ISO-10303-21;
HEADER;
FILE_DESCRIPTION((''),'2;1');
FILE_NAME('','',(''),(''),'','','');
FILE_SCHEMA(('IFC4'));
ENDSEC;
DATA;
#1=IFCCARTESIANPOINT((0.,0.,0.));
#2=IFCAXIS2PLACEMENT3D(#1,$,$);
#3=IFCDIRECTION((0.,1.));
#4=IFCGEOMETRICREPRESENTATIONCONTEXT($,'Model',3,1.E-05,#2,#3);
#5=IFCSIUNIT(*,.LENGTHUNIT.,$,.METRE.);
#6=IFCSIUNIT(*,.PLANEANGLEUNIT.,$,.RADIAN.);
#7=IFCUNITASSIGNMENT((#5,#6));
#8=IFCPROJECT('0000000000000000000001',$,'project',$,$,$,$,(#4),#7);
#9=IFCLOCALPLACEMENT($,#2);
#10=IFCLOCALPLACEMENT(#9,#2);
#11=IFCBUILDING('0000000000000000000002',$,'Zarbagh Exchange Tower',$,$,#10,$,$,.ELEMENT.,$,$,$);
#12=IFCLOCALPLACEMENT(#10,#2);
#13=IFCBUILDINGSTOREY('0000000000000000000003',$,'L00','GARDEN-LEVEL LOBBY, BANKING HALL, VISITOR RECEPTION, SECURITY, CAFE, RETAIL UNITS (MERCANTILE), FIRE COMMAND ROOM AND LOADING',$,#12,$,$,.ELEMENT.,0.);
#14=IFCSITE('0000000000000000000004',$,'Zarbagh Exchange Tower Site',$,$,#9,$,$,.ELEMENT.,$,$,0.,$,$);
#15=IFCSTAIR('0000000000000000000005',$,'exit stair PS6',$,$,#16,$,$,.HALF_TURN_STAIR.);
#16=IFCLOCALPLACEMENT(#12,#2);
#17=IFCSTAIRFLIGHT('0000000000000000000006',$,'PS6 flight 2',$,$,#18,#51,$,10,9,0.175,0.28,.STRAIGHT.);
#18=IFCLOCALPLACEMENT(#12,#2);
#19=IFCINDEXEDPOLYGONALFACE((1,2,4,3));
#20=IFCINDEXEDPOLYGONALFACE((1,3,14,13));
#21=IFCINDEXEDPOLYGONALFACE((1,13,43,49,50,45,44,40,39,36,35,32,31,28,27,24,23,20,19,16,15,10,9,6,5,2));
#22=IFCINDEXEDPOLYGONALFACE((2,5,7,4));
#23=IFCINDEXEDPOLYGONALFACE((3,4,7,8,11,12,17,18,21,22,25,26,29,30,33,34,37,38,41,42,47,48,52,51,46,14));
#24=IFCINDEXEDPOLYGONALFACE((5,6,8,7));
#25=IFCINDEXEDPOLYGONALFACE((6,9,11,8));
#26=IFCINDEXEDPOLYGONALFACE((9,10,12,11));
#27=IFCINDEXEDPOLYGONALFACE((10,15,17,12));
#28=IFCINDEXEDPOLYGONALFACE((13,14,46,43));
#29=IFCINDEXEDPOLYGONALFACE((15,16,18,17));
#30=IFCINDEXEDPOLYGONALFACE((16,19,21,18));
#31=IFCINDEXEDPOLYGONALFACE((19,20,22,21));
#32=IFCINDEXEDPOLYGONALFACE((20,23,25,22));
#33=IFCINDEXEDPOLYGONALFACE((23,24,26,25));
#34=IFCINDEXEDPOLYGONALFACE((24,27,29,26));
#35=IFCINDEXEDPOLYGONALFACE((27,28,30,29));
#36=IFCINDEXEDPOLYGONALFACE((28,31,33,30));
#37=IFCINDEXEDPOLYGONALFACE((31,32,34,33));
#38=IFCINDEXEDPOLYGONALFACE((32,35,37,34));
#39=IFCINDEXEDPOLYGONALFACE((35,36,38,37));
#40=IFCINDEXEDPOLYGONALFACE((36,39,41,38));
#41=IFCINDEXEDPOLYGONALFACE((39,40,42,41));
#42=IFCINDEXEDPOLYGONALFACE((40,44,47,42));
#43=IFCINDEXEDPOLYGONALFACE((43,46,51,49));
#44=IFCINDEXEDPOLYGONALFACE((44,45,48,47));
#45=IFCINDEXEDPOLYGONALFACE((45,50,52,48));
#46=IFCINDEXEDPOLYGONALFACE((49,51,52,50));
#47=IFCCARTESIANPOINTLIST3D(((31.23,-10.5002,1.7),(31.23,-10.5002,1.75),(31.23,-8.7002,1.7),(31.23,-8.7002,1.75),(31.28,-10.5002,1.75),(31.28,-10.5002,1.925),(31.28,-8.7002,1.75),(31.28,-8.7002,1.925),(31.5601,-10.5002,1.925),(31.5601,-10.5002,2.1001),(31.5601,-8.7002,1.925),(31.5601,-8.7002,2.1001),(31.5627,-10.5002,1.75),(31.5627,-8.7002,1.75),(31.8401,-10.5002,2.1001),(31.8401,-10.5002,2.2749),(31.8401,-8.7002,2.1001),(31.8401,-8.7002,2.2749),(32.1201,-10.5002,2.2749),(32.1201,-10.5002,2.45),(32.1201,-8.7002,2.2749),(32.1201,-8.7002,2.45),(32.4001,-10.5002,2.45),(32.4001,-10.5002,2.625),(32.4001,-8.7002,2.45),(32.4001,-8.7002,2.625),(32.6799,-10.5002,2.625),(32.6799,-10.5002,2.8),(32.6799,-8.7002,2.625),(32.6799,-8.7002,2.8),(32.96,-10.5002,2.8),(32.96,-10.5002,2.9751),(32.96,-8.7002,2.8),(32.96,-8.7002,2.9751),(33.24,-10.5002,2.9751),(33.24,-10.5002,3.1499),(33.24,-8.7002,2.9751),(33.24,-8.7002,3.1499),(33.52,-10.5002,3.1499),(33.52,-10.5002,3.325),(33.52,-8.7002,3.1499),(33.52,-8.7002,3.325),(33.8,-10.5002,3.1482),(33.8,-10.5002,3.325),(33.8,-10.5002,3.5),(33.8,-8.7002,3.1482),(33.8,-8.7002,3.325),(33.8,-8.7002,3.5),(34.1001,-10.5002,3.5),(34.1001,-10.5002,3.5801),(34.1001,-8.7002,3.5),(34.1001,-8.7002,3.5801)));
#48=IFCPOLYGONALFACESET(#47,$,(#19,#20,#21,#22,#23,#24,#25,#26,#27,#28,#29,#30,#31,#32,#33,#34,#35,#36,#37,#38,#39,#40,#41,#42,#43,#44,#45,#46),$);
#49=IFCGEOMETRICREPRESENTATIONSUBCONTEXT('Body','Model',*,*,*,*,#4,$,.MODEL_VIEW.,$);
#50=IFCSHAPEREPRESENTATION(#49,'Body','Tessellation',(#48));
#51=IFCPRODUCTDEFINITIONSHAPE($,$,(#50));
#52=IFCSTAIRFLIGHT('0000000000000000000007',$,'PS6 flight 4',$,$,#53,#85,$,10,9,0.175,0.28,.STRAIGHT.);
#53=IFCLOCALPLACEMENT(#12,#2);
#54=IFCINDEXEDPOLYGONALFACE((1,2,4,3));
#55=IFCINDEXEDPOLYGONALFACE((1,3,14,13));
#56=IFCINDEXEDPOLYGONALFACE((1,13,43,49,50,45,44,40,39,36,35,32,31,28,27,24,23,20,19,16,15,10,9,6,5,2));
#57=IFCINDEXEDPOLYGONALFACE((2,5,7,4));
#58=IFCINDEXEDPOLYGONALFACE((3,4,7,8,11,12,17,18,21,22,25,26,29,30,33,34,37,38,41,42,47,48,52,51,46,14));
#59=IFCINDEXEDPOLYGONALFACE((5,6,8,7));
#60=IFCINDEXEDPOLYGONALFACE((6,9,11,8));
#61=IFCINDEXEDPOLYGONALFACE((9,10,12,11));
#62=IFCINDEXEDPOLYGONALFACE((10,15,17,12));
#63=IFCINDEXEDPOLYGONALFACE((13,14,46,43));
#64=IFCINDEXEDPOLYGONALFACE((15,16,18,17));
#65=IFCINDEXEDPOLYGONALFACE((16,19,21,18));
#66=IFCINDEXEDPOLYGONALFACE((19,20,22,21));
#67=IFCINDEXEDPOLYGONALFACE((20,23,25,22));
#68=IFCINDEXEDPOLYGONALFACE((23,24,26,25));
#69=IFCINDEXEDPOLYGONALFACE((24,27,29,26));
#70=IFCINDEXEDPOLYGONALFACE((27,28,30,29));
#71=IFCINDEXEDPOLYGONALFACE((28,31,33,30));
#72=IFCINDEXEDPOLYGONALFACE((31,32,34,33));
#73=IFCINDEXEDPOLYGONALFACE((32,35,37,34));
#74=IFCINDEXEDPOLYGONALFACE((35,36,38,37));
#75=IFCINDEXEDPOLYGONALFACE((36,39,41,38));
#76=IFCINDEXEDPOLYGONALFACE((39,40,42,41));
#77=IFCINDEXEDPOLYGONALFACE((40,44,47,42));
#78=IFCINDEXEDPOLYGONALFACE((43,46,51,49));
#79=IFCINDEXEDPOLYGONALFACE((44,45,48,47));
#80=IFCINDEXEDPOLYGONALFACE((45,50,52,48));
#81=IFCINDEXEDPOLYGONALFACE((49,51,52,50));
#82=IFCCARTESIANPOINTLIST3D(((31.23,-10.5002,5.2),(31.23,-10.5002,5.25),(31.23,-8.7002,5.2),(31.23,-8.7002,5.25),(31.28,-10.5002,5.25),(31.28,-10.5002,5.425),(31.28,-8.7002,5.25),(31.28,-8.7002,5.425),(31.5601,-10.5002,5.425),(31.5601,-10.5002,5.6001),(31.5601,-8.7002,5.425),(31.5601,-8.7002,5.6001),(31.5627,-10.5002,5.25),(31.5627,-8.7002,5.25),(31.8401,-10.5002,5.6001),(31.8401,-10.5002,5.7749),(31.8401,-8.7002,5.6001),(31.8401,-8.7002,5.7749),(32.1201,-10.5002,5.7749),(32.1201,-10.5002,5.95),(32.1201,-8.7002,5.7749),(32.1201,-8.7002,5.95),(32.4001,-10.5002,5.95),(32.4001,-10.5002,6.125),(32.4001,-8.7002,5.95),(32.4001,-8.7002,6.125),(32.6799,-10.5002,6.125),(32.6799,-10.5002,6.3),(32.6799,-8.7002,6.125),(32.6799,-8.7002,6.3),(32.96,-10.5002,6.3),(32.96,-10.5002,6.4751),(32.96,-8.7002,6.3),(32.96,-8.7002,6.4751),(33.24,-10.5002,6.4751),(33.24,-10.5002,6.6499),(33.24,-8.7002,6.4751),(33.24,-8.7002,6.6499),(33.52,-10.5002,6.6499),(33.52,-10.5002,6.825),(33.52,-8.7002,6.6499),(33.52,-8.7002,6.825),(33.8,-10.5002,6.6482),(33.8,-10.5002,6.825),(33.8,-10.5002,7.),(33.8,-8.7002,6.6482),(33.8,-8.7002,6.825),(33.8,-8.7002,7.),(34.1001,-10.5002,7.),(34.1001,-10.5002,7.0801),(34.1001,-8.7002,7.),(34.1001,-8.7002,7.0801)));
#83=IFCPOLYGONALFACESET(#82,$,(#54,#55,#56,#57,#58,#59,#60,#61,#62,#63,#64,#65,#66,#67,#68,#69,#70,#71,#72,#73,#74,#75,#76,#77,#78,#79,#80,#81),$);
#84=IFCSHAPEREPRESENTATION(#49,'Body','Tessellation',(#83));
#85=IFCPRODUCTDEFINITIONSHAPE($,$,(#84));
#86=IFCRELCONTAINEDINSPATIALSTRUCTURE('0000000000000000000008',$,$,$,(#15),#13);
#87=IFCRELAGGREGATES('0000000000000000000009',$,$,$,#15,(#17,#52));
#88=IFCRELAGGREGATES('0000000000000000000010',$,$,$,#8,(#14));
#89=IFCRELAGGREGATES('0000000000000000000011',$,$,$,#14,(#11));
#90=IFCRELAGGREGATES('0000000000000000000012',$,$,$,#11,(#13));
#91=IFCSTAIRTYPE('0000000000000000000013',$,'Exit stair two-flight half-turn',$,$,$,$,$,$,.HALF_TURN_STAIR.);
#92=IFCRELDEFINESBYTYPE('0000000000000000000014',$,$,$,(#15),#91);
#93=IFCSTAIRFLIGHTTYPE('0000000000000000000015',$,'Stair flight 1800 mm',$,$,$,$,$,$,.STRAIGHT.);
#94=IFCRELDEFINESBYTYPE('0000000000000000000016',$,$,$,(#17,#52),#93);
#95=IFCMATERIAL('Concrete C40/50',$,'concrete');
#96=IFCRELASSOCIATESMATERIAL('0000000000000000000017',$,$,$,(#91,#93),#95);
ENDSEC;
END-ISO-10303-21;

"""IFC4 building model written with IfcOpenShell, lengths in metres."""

from ifc_helpers import new_model, si_unit, direction, frame, origin, place, context, subcontext, project, spatial, polyline, outline, extrude, material, type_object, element, aggregate, save


model = new_model("IFC4")

# Units and contexts
model_context = context("Model", 3, precision=1e-05, world=origin(), true_north=direction((0.0, 1.0)))
body_context = subcontext(model_context, "Body", "Model", "MODEL_VIEW")
ifc_project = project(units=[si_unit("LENGTHUNIT", "METRE"), si_unit("PLANEANGLEUNIT", "RADIAN")], contexts=[model_context])

# Site, building, storey
site_placement = place(None, origin())
site = spatial("IfcSite", under=ifc_project, at=site_placement, Name="Zarbagh Exchange Tower Site", CompositionType="ELEMENT", RefElevation=0.0)
building_placement = place(site_placement, origin())
building = spatial("IfcBuilding", under=site, at=building_placement, Name="Zarbagh Exchange Tower", CompositionType="ELEMENT")
storey_placement = place(building_placement, origin())
storey = spatial("IfcBuildingStorey", under=building, at=storey_placement, Name="L00", Description="GARDEN-LEVEL LOBBY, BANKING HALL, VISITOR RECEPTION, SECURITY, CAFE, RETAIL UNITS (MERCANTILE), FIRE COMMAND ROOM AND LOADING", CompositionType="ELEMENT", Elevation=0.0)

# Shared definitions
ifc_material_1 = material(Name="Concrete C40/50", Category="concrete")

# Stair, stair flights
stair_type = type_object("IfcStairType", Name="Exit stair two-flight half-turn", PredefinedType="HALF_TURN_STAIR", material=ifc_material_1)
stair_placement = place(storey_placement, origin())
stair = element("IfcStair", 1, at=stair_placement, inside=storey, type_object=stair_type, Name="exit stair PS6", PredefinedType="HALF_TURN_STAIR")
stair_flight_type = type_object("IfcStairFlightType", Name="Stair flight 1800 mm", PredefinedType="STRAIGHT", material=ifc_material_1)
stair_flight_1_placement = place(storey_placement, frame((31.28, -9.6001, 1.75), z_axis=(0.0, 0.0, 1.0), x_axis=(1.0, 0.0, 0.0)))
stair_flight_1 = element("IfcStairFlight", 2, at=stair_flight_1_placement, type_object=stair_flight_type, Name="PS6 flight 2", NumberOfRisers=10, NumberOfTreads=9, PredefinedType="STRAIGHT", RiserHeight=0.175, TreadLength=0.28, context=body_context, shape_type="SweptSolid", body=[
    extrude(outline(polyline([(-0.05, -0.05), (-0.05, 0.0), (0.0, 0.0), (0.0, 0.175), (0.28, 0.175), (0.28, 0.3501), (0.5601, 0.3501), (0.5601, 0.5249), (0.8401, 0.5249), (0.8401, 0.7), (1.1201, 0.7), (1.1201, 0.875), (1.3999, 0.875), (1.3999, 1.05), (1.6799, 1.05), (1.6799, 1.2251), (1.96, 1.2251), (1.96, 1.3999), (2.24, 1.3999), (2.24, 1.575), (2.52, 1.575), (2.52, 1.75), (2.8201, 1.8301), (2.8201, 1.75), (2.52, 1.3982), (0.2827, 0.0), (-0.05, -0.05)])), frame((0.0, 0.8999, 0.0), z_axis=(0.0, -1.0, 0.0), x_axis=(1.0, 0.0, 0.0)), (0.0, 0.0, 1.0), 1.8),
])
stair_flight_2_placement = place(storey_placement, frame((31.28, -9.6001, 5.25), z_axis=(0.0, 0.0, 1.0), x_axis=(1.0, 0.0, 0.0)))
stair_flight_2 = element("IfcStairFlight", 3, at=stair_flight_2_placement, type_object=stair_flight_type, Name="PS6 flight 4", NumberOfRisers=10, NumberOfTreads=9, PredefinedType="STRAIGHT", RiserHeight=0.175, TreadLength=0.28, context=body_context, shape_type="SweptSolid", body=[
    extrude(outline(polyline([(-0.05, -0.05), (-0.05, 0.0), (0.0, 0.0), (0.0, 0.175), (0.28, 0.175), (0.28, 0.3501), (0.5601, 0.3501), (0.5601, 0.5249), (0.8401, 0.5249), (0.8401, 0.7), (1.1201, 0.7), (1.1201, 0.875), (1.3999, 0.875), (1.3999, 1.05), (1.6799, 1.05), (1.6799, 1.2251), (1.96, 1.2251), (1.96, 1.3999), (2.24, 1.3999), (2.24, 1.575), (2.52, 1.575), (2.52, 1.75), (2.8201, 1.8301), (2.8201, 1.75), (2.52, 1.3982), (0.2827, 0.0), (-0.05, -0.05)])), frame((0.0, 0.8999, 0.0), z_axis=(0.0, -1.0, 0.0), x_axis=(1.0, 0.0, 0.0)), (0.0, 0.0, 1.0), 1.8),
])
aggregate(stair, [stair_flight_1, stair_flight_2])

save(model, "model.ifc")
